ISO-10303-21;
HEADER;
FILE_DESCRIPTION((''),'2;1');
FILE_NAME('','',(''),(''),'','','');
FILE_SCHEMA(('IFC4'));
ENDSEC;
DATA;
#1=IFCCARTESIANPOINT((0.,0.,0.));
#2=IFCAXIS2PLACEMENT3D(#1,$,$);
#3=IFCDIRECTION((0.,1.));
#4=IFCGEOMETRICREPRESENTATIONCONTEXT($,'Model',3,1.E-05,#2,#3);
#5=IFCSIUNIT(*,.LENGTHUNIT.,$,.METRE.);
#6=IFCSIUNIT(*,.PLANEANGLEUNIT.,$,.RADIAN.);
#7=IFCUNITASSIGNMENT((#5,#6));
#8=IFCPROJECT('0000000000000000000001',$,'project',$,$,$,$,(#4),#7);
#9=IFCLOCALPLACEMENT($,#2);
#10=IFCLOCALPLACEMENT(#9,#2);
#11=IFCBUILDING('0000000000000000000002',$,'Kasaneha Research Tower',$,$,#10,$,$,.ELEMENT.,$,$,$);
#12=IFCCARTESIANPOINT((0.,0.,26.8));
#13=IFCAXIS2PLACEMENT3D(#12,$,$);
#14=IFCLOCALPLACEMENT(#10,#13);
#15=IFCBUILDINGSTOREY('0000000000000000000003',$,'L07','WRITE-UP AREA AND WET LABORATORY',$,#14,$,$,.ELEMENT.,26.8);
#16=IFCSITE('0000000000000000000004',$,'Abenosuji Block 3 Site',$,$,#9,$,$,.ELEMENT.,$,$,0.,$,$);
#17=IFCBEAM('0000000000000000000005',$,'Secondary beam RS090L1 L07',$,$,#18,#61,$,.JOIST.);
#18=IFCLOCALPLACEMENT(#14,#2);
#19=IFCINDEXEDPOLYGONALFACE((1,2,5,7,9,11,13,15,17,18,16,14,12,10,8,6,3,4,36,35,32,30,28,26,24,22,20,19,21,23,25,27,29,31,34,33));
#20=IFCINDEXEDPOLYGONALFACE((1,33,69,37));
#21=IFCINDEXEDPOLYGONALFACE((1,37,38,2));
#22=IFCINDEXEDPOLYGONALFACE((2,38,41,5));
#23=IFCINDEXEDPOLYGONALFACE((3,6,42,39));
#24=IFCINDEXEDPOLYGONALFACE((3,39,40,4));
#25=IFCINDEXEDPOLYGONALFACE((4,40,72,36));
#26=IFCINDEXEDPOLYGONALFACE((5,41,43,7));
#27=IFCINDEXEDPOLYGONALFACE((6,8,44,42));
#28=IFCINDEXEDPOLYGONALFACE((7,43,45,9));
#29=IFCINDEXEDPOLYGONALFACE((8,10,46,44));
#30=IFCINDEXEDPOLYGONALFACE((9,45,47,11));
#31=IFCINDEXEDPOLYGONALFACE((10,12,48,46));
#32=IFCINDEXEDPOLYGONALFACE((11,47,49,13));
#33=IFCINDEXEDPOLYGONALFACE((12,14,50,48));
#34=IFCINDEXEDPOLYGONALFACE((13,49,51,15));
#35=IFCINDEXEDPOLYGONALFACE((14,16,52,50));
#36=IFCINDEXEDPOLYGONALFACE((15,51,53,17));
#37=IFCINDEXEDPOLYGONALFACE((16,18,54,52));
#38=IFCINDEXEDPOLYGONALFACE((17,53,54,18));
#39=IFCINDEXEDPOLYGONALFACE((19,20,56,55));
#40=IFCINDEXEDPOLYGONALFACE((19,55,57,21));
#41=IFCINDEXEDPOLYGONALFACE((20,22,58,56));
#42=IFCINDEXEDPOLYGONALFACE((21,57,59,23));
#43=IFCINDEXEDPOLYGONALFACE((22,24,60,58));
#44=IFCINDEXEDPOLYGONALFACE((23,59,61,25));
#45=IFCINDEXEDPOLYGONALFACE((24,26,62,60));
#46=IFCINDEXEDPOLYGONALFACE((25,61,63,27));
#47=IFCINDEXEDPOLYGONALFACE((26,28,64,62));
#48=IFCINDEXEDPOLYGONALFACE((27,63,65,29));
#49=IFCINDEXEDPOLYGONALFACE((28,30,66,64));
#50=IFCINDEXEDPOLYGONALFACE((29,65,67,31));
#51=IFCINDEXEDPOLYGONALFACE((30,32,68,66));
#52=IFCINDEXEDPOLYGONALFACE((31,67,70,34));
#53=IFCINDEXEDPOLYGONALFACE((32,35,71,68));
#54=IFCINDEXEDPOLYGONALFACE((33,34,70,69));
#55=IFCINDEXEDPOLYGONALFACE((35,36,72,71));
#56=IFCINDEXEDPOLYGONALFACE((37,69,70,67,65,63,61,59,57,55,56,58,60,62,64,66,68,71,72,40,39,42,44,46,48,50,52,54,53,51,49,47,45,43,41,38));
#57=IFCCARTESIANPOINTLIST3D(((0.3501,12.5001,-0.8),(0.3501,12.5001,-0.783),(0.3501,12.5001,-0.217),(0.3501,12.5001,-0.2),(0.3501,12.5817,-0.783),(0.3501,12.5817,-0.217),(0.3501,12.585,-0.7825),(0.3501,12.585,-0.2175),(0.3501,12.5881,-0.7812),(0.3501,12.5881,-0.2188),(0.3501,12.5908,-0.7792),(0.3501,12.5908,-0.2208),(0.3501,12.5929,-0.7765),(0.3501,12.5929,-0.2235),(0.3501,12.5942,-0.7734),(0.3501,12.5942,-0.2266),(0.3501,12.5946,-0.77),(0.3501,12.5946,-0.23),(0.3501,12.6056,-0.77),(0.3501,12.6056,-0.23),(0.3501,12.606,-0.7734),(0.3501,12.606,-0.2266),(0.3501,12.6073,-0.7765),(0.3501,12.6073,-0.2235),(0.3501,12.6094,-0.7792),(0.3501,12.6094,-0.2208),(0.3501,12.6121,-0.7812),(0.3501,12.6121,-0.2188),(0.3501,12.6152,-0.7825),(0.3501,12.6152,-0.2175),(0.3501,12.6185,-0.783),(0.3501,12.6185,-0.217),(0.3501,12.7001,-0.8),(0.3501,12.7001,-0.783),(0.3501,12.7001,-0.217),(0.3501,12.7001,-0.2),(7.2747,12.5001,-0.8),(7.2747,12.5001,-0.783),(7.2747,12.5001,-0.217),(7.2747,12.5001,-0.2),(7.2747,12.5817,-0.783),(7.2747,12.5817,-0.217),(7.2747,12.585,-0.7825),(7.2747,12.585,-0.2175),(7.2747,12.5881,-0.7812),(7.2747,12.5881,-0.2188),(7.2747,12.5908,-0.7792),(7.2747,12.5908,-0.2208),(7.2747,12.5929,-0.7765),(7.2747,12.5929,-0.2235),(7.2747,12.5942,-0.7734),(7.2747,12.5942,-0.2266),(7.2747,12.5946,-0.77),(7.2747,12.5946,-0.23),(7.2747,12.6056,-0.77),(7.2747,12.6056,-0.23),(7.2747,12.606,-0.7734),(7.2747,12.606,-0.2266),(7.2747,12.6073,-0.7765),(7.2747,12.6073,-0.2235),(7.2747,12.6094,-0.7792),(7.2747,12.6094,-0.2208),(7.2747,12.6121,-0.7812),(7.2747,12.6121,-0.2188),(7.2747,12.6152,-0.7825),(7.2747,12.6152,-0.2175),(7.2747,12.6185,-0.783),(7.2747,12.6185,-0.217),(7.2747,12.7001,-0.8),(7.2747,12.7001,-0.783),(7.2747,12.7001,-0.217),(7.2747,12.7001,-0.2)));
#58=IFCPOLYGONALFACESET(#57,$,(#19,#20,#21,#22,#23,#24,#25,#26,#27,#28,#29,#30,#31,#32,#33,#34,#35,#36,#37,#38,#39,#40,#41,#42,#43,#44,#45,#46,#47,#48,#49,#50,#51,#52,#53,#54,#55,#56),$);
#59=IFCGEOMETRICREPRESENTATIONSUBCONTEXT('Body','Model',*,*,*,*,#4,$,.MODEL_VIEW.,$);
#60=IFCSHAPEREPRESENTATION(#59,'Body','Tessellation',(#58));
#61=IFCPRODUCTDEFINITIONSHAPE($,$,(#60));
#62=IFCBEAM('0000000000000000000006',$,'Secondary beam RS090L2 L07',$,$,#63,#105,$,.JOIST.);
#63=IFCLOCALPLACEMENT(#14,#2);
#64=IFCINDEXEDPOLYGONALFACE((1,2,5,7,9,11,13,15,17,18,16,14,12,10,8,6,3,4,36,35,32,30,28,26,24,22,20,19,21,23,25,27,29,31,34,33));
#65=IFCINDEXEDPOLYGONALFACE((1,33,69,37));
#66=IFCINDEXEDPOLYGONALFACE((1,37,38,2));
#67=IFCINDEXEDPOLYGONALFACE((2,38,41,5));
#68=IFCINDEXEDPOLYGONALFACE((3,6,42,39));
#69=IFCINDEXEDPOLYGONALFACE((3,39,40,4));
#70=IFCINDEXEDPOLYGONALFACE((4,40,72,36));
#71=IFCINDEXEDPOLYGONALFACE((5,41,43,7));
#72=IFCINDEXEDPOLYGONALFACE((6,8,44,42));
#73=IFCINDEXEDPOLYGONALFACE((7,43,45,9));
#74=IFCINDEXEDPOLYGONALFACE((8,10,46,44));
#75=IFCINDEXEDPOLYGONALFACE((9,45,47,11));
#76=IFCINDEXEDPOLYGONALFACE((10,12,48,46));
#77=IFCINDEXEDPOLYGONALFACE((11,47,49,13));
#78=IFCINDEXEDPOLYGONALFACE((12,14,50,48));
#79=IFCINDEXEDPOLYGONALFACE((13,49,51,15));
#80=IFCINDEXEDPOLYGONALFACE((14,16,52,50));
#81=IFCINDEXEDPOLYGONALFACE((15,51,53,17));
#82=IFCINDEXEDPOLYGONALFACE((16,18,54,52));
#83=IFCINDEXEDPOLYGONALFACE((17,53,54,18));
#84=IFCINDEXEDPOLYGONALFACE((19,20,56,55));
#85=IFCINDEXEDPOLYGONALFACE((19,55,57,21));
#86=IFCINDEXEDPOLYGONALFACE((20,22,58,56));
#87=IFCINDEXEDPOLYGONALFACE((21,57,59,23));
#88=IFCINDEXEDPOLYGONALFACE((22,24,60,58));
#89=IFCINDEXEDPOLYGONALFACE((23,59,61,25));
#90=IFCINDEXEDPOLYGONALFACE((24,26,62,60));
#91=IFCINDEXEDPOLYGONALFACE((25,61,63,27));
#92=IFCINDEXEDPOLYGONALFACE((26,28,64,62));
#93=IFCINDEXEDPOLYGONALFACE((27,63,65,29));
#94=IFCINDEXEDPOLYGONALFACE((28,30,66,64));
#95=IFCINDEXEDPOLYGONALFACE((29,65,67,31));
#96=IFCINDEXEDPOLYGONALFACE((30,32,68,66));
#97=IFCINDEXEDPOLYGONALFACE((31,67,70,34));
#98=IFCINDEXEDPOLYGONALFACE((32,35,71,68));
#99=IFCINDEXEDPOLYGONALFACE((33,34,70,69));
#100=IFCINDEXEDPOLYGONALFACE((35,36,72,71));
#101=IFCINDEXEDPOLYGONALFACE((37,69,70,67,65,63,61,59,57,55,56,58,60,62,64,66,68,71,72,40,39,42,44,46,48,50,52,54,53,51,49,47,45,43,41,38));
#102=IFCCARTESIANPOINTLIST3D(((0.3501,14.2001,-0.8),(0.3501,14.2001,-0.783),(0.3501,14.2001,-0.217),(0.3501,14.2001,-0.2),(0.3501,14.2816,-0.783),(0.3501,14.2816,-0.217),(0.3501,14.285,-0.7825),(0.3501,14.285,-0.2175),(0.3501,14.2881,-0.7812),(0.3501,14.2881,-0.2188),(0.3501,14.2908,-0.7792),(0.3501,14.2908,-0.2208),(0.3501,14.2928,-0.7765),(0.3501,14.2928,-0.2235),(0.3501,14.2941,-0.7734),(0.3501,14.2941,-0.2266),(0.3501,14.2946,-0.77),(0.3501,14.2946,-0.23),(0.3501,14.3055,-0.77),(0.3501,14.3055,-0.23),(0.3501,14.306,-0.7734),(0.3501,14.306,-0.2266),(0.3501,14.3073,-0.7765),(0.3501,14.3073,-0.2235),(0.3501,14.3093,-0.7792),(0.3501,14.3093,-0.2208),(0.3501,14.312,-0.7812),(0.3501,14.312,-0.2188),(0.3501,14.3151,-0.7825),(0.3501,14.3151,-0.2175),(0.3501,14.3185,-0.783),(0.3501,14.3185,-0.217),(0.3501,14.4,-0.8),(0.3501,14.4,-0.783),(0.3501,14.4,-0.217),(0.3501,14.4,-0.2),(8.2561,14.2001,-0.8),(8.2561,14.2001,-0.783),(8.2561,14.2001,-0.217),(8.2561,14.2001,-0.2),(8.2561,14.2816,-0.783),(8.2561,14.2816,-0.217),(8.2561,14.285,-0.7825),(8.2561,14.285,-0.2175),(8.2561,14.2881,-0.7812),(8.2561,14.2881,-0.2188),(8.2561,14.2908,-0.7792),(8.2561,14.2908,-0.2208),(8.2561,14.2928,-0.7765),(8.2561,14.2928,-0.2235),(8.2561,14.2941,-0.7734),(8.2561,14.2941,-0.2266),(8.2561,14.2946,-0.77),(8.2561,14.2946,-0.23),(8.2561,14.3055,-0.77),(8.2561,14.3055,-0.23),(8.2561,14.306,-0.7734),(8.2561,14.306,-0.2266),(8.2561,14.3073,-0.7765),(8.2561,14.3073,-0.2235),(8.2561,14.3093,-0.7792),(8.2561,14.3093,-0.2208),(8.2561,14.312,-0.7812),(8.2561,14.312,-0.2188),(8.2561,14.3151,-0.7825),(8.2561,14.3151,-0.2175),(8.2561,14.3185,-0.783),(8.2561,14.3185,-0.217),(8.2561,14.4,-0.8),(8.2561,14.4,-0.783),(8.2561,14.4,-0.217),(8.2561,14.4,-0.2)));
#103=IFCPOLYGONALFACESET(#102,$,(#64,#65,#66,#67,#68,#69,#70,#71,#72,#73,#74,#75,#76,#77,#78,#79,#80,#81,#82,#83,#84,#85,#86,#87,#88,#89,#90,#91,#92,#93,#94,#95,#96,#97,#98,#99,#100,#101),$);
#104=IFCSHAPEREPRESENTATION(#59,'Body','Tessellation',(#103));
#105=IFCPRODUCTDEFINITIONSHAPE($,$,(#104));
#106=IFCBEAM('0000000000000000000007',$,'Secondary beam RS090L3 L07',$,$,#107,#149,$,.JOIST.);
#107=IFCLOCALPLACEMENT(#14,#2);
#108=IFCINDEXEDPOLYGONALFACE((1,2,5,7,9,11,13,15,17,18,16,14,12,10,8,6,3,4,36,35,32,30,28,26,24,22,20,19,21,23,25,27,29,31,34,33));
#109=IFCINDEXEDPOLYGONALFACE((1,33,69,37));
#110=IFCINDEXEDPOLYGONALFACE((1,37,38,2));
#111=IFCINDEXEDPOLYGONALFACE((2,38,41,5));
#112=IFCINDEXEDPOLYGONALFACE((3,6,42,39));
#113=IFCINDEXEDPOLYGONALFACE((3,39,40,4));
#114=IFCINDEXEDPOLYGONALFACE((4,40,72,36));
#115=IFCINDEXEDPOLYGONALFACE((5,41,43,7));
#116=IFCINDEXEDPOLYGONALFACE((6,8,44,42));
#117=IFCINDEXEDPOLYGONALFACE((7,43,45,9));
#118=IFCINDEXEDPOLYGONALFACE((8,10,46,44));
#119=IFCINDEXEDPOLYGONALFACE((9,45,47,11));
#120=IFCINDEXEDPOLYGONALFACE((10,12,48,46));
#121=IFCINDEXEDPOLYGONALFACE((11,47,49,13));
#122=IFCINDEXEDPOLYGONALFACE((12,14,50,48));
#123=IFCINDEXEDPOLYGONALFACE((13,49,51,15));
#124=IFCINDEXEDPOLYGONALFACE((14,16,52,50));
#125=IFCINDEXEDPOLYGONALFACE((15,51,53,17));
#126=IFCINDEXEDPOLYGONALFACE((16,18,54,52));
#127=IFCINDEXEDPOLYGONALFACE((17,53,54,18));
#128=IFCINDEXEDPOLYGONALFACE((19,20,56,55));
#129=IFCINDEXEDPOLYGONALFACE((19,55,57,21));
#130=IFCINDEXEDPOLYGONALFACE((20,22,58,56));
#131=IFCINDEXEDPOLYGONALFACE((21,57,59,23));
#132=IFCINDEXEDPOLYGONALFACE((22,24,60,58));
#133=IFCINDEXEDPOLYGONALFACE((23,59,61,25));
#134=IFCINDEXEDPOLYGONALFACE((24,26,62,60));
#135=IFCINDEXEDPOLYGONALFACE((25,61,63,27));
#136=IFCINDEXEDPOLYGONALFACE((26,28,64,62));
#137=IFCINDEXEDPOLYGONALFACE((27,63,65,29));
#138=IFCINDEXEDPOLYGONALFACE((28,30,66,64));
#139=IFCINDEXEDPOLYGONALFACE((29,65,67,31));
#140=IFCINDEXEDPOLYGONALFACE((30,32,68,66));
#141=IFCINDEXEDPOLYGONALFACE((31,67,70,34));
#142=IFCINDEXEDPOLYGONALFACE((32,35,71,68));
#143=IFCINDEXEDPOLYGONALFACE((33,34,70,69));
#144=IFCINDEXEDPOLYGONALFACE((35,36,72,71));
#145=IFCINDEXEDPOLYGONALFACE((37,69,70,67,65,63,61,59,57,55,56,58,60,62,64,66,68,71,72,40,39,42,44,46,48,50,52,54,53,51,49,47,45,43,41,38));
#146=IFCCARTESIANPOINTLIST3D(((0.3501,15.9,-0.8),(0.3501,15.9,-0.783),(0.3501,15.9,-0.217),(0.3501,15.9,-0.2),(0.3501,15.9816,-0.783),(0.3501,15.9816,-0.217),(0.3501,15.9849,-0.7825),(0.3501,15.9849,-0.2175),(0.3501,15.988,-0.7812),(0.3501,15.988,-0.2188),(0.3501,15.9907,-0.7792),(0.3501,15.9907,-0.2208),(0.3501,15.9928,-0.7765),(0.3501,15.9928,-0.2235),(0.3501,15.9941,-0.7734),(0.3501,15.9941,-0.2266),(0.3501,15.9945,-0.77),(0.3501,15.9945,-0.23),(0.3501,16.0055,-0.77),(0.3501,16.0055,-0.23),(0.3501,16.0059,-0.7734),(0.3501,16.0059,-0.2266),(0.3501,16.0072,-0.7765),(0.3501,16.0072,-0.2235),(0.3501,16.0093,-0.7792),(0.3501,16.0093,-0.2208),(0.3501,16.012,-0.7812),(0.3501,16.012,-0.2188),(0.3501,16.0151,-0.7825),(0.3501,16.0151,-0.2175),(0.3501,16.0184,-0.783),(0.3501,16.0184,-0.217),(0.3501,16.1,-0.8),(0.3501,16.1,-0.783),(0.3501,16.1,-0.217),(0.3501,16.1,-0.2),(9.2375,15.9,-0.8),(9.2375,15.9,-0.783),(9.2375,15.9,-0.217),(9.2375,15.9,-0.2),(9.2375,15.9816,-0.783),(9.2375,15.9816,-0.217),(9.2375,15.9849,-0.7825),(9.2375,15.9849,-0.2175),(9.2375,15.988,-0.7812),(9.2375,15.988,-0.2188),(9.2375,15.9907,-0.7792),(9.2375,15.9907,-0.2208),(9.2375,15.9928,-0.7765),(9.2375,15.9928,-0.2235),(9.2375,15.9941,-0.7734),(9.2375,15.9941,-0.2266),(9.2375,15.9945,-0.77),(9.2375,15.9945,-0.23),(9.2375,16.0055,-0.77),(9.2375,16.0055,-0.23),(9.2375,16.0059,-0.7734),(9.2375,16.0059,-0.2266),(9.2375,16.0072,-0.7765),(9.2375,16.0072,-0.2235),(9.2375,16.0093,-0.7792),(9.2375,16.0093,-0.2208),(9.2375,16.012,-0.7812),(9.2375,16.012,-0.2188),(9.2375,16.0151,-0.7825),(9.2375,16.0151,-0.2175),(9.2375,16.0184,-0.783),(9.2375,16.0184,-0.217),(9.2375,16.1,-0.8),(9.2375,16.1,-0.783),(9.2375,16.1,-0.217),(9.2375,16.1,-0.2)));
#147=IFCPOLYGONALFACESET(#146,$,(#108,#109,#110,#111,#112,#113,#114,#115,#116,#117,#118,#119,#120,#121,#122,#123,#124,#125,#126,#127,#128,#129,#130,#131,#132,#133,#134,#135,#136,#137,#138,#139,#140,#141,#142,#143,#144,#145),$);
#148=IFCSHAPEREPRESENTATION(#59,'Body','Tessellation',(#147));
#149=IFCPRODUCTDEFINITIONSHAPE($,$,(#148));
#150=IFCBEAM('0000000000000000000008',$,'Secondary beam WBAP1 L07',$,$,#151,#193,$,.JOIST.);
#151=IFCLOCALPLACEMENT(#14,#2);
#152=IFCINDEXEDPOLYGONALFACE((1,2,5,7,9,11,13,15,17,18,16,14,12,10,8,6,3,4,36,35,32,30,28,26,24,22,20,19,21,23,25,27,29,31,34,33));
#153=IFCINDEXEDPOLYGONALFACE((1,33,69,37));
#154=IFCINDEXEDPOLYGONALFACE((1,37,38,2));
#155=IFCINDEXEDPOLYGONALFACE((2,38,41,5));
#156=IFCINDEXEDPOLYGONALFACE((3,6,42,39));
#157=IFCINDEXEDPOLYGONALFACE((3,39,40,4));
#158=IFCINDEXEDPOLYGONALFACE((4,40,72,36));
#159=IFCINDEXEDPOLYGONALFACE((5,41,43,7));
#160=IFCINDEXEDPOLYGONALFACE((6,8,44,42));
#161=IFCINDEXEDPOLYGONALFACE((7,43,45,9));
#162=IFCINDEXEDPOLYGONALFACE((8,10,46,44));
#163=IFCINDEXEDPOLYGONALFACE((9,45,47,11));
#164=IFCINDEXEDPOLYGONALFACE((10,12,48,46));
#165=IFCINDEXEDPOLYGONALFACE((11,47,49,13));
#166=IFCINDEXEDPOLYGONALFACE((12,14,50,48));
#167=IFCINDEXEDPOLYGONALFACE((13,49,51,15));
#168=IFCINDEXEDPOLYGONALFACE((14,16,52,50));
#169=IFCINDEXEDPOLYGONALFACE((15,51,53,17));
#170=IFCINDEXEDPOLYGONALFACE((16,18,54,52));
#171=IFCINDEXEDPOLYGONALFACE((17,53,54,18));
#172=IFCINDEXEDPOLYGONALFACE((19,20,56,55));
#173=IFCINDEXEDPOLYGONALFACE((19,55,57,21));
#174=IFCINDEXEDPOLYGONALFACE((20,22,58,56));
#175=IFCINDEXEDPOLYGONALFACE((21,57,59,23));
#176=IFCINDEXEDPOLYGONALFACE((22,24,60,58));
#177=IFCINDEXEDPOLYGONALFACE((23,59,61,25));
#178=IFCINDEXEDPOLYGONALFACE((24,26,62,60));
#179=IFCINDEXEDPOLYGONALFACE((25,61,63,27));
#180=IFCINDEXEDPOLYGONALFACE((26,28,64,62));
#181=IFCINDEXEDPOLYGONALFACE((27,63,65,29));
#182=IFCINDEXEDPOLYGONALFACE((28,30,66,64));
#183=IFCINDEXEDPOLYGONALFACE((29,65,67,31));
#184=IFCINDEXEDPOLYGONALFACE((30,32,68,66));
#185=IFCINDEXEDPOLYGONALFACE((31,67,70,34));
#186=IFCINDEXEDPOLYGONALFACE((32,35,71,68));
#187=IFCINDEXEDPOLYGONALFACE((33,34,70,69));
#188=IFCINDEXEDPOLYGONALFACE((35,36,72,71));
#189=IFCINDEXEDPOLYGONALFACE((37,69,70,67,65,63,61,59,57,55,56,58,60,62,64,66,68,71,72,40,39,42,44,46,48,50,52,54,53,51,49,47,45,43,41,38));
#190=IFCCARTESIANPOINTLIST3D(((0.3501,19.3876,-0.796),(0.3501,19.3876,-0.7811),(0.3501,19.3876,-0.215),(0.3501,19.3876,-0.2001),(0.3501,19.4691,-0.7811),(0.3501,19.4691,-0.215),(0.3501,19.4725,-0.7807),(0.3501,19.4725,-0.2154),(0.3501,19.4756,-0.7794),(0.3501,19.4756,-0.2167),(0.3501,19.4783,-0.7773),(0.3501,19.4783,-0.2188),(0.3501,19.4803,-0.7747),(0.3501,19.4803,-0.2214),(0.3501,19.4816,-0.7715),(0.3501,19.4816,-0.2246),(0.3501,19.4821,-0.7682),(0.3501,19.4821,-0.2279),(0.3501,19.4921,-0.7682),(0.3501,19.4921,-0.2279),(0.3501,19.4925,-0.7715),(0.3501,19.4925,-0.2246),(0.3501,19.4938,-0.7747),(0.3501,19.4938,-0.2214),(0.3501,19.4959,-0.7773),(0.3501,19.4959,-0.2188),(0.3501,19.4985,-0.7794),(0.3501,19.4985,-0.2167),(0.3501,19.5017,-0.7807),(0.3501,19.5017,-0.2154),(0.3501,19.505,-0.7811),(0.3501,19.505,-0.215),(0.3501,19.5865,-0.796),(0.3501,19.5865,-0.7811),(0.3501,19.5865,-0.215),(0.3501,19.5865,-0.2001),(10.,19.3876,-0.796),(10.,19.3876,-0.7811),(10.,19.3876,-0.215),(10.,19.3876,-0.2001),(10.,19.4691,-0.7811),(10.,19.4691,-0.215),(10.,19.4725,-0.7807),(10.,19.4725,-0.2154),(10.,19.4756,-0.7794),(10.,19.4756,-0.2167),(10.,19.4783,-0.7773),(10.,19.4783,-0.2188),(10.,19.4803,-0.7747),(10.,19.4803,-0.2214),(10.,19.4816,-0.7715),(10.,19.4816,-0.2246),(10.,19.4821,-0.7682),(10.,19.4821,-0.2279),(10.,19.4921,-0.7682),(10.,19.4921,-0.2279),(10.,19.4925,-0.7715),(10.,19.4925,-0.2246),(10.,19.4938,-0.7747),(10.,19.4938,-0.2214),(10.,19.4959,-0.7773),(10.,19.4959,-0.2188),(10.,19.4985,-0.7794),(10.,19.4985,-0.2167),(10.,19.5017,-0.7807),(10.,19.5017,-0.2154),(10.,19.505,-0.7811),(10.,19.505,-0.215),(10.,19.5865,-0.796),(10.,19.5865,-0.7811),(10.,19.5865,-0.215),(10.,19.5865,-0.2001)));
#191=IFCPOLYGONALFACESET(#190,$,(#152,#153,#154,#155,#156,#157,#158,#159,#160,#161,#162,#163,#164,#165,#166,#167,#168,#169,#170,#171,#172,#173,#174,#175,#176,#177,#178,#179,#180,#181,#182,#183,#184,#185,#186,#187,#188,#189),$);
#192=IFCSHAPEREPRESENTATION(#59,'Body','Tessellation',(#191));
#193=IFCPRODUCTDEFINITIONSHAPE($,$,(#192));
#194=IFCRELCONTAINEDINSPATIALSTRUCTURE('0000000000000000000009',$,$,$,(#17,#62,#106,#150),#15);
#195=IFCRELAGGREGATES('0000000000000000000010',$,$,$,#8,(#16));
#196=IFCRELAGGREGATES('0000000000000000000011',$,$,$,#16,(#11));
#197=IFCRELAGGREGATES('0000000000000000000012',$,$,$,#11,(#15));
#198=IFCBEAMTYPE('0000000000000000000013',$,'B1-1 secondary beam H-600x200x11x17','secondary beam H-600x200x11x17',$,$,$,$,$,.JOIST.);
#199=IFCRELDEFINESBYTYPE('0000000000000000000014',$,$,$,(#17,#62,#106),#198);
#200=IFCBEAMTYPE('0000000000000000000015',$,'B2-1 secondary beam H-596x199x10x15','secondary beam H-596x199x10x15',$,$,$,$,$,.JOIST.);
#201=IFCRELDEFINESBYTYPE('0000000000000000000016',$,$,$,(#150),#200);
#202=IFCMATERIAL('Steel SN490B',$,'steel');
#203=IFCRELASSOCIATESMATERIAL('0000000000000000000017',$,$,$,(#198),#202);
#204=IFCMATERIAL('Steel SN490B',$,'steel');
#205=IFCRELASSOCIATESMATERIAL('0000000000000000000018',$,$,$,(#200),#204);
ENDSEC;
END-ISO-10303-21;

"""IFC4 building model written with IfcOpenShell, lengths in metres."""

from ifc_helpers import new_model, si_unit, direction, frame, origin, origin_2d, place, context, subcontext, project, spatial, i_section, extrude, material, material_profile, profile_set, type_object, element, save


model = new_model("IFC4")

# Units and contexts
model_context = context("Model", 3, precision=1e-05, world=origin(), true_north=direction((0.0, 1.0)))
body_context = subcontext(model_context, "Body", "Model", "MODEL_VIEW")
ifc_project = project(units=[si_unit("LENGTHUNIT", "METRE"), si_unit("PLANEANGLEUNIT", "RADIAN")], contexts=[model_context])

# Site, building, storey
site_placement = place(None, origin())
site = spatial("IfcSite", under=ifc_project, at=site_placement, Name="Abenosuji Block 3 Site", CompositionType="ELEMENT", RefElevation=0.0)
building_placement = place(site_placement, origin())
building = spatial("IfcBuilding", under=site, at=building_placement, Name="Kasaneha Research Tower", CompositionType="ELEMENT")
storey_placement = place(building_placement, frame((0.0, 0.0, 26.8)))
storey = spatial("IfcBuildingStorey", under=building, at=storey_placement, Name="L07", Description="WRITE-UP AREA AND WET LABORATORY", CompositionType="ELEMENT", Elevation=26.8)

# Beams
ifc_material_1 = material(Name="Steel SN490B", Category="steel")
ifc_material_profile_1 = material_profile(ifc_material_1, i_section(OverallWidth=0.2, OverallDepth=0.6001, WebThickness=0.011, FlangeThickness=0.0171, FilletRadius=0.0129, at=origin_2d()), Name="H-600x200x11x17")
ifc_profile_set_1 = profile_set([ifc_material_profile_1], Name="Steel SN490B")
beam_type_1 = type_object("IfcBeamType", Name="B1-1 secondary beam H-600x200x11x17", Description="secondary beam H-600x200x11x17", PredefinedType="JOIST", material=ifc_profile_set_1)
beam_1_placement = place(storey_placement, frame((7.2747, 12.6001, -0.5), z_axis=(-1.0, 0.0, 0.0), x_axis=(0.0, -1.0, 0.0)))
element("IfcBeam", 1, at=beam_1_placement, inside=storey, type_object=beam_type_1, Name="Secondary beam RS090L1 L07", PredefinedType="JOIST", context=body_context, shape_type="SweptSolid", body=[
    extrude(i_section(OverallWidth=0.2, OverallDepth=0.6001, WebThickness=0.011, FlangeThickness=0.0171, FilletRadius=0.0129, at=origin_2d()), origin(), (0.0, 0.0, 1.0), 6.9246),
])
beam_2_placement = place(storey_placement, frame((8.2561, 14.3, -0.5), z_axis=(-1.0, 0.0, 0.0), x_axis=(0.0, -1.0, 0.0)))
element("IfcBeam", 2, at=beam_2_placement, inside=storey, type_object=beam_type_1, Name="Secondary beam RS090L2 L07", PredefinedType="JOIST", context=body_context, shape_type="SweptSolid", body=[
    extrude(i_section(OverallWidth=0.2, OverallDepth=0.6001, WebThickness=0.011, FlangeThickness=0.0171, FilletRadius=0.0129, at=origin_2d()), origin(), (0.0, 0.0, 1.0), 7.906),
])
beam_3_placement = place(storey_placement, frame((9.2375, 16.0, -0.5), z_axis=(-1.0, 0.0, 0.0), x_axis=(0.0, -1.0, 0.0)))
element("IfcBeam", 3, at=beam_3_placement, inside=storey, type_object=beam_type_1, Name="Secondary beam RS090L3 L07", PredefinedType="JOIST", context=body_context, shape_type="SweptSolid", body=[
    extrude(i_section(OverallWidth=0.2, OverallDepth=0.6001, WebThickness=0.011, FlangeThickness=0.0171, FilletRadius=0.0129, at=origin_2d()), origin(), (0.0, 0.0, 1.0), 8.8875),
])
ifc_material_2 = material(Name="Steel SN490B", Category="steel")
ifc_material_profile_2 = material_profile(ifc_material_2, i_section(OverallWidth=0.199, OverallDepth=0.5959, WebThickness=0.01, FlangeThickness=0.0149, FilletRadius=0.0129, at=origin_2d()), Name="H-596x199x10x15")
ifc_profile_set_2 = profile_set([ifc_material_profile_2], Name="Steel SN490B")
beam_type_2 = type_object("IfcBeamType", Name="B2-1 secondary beam H-596x199x10x15", Description="secondary beam H-596x199x10x15", PredefinedType="JOIST", material=ifc_profile_set_2)
beam_4_placement = place(storey_placement, frame((10.0, 19.4871, -0.498), z_axis=(-1.0, 0.0, 0.0), x_axis=(0.0, -1.0, 0.0)))
element("IfcBeam", 4, at=beam_4_placement, inside=storey, type_object=beam_type_2, Name="Secondary beam WBAP1 L07", PredefinedType="JOIST", context=body_context, shape_type="SweptSolid", body=[
    extrude(i_section(OverallWidth=0.199, OverallDepth=0.5959, WebThickness=0.01, FlangeThickness=0.0149, FilletRadius=0.0129, at=origin_2d()), origin(), (0.0, 0.0, 1.0), 9.6499),
])

save(model, "model.ifc")
